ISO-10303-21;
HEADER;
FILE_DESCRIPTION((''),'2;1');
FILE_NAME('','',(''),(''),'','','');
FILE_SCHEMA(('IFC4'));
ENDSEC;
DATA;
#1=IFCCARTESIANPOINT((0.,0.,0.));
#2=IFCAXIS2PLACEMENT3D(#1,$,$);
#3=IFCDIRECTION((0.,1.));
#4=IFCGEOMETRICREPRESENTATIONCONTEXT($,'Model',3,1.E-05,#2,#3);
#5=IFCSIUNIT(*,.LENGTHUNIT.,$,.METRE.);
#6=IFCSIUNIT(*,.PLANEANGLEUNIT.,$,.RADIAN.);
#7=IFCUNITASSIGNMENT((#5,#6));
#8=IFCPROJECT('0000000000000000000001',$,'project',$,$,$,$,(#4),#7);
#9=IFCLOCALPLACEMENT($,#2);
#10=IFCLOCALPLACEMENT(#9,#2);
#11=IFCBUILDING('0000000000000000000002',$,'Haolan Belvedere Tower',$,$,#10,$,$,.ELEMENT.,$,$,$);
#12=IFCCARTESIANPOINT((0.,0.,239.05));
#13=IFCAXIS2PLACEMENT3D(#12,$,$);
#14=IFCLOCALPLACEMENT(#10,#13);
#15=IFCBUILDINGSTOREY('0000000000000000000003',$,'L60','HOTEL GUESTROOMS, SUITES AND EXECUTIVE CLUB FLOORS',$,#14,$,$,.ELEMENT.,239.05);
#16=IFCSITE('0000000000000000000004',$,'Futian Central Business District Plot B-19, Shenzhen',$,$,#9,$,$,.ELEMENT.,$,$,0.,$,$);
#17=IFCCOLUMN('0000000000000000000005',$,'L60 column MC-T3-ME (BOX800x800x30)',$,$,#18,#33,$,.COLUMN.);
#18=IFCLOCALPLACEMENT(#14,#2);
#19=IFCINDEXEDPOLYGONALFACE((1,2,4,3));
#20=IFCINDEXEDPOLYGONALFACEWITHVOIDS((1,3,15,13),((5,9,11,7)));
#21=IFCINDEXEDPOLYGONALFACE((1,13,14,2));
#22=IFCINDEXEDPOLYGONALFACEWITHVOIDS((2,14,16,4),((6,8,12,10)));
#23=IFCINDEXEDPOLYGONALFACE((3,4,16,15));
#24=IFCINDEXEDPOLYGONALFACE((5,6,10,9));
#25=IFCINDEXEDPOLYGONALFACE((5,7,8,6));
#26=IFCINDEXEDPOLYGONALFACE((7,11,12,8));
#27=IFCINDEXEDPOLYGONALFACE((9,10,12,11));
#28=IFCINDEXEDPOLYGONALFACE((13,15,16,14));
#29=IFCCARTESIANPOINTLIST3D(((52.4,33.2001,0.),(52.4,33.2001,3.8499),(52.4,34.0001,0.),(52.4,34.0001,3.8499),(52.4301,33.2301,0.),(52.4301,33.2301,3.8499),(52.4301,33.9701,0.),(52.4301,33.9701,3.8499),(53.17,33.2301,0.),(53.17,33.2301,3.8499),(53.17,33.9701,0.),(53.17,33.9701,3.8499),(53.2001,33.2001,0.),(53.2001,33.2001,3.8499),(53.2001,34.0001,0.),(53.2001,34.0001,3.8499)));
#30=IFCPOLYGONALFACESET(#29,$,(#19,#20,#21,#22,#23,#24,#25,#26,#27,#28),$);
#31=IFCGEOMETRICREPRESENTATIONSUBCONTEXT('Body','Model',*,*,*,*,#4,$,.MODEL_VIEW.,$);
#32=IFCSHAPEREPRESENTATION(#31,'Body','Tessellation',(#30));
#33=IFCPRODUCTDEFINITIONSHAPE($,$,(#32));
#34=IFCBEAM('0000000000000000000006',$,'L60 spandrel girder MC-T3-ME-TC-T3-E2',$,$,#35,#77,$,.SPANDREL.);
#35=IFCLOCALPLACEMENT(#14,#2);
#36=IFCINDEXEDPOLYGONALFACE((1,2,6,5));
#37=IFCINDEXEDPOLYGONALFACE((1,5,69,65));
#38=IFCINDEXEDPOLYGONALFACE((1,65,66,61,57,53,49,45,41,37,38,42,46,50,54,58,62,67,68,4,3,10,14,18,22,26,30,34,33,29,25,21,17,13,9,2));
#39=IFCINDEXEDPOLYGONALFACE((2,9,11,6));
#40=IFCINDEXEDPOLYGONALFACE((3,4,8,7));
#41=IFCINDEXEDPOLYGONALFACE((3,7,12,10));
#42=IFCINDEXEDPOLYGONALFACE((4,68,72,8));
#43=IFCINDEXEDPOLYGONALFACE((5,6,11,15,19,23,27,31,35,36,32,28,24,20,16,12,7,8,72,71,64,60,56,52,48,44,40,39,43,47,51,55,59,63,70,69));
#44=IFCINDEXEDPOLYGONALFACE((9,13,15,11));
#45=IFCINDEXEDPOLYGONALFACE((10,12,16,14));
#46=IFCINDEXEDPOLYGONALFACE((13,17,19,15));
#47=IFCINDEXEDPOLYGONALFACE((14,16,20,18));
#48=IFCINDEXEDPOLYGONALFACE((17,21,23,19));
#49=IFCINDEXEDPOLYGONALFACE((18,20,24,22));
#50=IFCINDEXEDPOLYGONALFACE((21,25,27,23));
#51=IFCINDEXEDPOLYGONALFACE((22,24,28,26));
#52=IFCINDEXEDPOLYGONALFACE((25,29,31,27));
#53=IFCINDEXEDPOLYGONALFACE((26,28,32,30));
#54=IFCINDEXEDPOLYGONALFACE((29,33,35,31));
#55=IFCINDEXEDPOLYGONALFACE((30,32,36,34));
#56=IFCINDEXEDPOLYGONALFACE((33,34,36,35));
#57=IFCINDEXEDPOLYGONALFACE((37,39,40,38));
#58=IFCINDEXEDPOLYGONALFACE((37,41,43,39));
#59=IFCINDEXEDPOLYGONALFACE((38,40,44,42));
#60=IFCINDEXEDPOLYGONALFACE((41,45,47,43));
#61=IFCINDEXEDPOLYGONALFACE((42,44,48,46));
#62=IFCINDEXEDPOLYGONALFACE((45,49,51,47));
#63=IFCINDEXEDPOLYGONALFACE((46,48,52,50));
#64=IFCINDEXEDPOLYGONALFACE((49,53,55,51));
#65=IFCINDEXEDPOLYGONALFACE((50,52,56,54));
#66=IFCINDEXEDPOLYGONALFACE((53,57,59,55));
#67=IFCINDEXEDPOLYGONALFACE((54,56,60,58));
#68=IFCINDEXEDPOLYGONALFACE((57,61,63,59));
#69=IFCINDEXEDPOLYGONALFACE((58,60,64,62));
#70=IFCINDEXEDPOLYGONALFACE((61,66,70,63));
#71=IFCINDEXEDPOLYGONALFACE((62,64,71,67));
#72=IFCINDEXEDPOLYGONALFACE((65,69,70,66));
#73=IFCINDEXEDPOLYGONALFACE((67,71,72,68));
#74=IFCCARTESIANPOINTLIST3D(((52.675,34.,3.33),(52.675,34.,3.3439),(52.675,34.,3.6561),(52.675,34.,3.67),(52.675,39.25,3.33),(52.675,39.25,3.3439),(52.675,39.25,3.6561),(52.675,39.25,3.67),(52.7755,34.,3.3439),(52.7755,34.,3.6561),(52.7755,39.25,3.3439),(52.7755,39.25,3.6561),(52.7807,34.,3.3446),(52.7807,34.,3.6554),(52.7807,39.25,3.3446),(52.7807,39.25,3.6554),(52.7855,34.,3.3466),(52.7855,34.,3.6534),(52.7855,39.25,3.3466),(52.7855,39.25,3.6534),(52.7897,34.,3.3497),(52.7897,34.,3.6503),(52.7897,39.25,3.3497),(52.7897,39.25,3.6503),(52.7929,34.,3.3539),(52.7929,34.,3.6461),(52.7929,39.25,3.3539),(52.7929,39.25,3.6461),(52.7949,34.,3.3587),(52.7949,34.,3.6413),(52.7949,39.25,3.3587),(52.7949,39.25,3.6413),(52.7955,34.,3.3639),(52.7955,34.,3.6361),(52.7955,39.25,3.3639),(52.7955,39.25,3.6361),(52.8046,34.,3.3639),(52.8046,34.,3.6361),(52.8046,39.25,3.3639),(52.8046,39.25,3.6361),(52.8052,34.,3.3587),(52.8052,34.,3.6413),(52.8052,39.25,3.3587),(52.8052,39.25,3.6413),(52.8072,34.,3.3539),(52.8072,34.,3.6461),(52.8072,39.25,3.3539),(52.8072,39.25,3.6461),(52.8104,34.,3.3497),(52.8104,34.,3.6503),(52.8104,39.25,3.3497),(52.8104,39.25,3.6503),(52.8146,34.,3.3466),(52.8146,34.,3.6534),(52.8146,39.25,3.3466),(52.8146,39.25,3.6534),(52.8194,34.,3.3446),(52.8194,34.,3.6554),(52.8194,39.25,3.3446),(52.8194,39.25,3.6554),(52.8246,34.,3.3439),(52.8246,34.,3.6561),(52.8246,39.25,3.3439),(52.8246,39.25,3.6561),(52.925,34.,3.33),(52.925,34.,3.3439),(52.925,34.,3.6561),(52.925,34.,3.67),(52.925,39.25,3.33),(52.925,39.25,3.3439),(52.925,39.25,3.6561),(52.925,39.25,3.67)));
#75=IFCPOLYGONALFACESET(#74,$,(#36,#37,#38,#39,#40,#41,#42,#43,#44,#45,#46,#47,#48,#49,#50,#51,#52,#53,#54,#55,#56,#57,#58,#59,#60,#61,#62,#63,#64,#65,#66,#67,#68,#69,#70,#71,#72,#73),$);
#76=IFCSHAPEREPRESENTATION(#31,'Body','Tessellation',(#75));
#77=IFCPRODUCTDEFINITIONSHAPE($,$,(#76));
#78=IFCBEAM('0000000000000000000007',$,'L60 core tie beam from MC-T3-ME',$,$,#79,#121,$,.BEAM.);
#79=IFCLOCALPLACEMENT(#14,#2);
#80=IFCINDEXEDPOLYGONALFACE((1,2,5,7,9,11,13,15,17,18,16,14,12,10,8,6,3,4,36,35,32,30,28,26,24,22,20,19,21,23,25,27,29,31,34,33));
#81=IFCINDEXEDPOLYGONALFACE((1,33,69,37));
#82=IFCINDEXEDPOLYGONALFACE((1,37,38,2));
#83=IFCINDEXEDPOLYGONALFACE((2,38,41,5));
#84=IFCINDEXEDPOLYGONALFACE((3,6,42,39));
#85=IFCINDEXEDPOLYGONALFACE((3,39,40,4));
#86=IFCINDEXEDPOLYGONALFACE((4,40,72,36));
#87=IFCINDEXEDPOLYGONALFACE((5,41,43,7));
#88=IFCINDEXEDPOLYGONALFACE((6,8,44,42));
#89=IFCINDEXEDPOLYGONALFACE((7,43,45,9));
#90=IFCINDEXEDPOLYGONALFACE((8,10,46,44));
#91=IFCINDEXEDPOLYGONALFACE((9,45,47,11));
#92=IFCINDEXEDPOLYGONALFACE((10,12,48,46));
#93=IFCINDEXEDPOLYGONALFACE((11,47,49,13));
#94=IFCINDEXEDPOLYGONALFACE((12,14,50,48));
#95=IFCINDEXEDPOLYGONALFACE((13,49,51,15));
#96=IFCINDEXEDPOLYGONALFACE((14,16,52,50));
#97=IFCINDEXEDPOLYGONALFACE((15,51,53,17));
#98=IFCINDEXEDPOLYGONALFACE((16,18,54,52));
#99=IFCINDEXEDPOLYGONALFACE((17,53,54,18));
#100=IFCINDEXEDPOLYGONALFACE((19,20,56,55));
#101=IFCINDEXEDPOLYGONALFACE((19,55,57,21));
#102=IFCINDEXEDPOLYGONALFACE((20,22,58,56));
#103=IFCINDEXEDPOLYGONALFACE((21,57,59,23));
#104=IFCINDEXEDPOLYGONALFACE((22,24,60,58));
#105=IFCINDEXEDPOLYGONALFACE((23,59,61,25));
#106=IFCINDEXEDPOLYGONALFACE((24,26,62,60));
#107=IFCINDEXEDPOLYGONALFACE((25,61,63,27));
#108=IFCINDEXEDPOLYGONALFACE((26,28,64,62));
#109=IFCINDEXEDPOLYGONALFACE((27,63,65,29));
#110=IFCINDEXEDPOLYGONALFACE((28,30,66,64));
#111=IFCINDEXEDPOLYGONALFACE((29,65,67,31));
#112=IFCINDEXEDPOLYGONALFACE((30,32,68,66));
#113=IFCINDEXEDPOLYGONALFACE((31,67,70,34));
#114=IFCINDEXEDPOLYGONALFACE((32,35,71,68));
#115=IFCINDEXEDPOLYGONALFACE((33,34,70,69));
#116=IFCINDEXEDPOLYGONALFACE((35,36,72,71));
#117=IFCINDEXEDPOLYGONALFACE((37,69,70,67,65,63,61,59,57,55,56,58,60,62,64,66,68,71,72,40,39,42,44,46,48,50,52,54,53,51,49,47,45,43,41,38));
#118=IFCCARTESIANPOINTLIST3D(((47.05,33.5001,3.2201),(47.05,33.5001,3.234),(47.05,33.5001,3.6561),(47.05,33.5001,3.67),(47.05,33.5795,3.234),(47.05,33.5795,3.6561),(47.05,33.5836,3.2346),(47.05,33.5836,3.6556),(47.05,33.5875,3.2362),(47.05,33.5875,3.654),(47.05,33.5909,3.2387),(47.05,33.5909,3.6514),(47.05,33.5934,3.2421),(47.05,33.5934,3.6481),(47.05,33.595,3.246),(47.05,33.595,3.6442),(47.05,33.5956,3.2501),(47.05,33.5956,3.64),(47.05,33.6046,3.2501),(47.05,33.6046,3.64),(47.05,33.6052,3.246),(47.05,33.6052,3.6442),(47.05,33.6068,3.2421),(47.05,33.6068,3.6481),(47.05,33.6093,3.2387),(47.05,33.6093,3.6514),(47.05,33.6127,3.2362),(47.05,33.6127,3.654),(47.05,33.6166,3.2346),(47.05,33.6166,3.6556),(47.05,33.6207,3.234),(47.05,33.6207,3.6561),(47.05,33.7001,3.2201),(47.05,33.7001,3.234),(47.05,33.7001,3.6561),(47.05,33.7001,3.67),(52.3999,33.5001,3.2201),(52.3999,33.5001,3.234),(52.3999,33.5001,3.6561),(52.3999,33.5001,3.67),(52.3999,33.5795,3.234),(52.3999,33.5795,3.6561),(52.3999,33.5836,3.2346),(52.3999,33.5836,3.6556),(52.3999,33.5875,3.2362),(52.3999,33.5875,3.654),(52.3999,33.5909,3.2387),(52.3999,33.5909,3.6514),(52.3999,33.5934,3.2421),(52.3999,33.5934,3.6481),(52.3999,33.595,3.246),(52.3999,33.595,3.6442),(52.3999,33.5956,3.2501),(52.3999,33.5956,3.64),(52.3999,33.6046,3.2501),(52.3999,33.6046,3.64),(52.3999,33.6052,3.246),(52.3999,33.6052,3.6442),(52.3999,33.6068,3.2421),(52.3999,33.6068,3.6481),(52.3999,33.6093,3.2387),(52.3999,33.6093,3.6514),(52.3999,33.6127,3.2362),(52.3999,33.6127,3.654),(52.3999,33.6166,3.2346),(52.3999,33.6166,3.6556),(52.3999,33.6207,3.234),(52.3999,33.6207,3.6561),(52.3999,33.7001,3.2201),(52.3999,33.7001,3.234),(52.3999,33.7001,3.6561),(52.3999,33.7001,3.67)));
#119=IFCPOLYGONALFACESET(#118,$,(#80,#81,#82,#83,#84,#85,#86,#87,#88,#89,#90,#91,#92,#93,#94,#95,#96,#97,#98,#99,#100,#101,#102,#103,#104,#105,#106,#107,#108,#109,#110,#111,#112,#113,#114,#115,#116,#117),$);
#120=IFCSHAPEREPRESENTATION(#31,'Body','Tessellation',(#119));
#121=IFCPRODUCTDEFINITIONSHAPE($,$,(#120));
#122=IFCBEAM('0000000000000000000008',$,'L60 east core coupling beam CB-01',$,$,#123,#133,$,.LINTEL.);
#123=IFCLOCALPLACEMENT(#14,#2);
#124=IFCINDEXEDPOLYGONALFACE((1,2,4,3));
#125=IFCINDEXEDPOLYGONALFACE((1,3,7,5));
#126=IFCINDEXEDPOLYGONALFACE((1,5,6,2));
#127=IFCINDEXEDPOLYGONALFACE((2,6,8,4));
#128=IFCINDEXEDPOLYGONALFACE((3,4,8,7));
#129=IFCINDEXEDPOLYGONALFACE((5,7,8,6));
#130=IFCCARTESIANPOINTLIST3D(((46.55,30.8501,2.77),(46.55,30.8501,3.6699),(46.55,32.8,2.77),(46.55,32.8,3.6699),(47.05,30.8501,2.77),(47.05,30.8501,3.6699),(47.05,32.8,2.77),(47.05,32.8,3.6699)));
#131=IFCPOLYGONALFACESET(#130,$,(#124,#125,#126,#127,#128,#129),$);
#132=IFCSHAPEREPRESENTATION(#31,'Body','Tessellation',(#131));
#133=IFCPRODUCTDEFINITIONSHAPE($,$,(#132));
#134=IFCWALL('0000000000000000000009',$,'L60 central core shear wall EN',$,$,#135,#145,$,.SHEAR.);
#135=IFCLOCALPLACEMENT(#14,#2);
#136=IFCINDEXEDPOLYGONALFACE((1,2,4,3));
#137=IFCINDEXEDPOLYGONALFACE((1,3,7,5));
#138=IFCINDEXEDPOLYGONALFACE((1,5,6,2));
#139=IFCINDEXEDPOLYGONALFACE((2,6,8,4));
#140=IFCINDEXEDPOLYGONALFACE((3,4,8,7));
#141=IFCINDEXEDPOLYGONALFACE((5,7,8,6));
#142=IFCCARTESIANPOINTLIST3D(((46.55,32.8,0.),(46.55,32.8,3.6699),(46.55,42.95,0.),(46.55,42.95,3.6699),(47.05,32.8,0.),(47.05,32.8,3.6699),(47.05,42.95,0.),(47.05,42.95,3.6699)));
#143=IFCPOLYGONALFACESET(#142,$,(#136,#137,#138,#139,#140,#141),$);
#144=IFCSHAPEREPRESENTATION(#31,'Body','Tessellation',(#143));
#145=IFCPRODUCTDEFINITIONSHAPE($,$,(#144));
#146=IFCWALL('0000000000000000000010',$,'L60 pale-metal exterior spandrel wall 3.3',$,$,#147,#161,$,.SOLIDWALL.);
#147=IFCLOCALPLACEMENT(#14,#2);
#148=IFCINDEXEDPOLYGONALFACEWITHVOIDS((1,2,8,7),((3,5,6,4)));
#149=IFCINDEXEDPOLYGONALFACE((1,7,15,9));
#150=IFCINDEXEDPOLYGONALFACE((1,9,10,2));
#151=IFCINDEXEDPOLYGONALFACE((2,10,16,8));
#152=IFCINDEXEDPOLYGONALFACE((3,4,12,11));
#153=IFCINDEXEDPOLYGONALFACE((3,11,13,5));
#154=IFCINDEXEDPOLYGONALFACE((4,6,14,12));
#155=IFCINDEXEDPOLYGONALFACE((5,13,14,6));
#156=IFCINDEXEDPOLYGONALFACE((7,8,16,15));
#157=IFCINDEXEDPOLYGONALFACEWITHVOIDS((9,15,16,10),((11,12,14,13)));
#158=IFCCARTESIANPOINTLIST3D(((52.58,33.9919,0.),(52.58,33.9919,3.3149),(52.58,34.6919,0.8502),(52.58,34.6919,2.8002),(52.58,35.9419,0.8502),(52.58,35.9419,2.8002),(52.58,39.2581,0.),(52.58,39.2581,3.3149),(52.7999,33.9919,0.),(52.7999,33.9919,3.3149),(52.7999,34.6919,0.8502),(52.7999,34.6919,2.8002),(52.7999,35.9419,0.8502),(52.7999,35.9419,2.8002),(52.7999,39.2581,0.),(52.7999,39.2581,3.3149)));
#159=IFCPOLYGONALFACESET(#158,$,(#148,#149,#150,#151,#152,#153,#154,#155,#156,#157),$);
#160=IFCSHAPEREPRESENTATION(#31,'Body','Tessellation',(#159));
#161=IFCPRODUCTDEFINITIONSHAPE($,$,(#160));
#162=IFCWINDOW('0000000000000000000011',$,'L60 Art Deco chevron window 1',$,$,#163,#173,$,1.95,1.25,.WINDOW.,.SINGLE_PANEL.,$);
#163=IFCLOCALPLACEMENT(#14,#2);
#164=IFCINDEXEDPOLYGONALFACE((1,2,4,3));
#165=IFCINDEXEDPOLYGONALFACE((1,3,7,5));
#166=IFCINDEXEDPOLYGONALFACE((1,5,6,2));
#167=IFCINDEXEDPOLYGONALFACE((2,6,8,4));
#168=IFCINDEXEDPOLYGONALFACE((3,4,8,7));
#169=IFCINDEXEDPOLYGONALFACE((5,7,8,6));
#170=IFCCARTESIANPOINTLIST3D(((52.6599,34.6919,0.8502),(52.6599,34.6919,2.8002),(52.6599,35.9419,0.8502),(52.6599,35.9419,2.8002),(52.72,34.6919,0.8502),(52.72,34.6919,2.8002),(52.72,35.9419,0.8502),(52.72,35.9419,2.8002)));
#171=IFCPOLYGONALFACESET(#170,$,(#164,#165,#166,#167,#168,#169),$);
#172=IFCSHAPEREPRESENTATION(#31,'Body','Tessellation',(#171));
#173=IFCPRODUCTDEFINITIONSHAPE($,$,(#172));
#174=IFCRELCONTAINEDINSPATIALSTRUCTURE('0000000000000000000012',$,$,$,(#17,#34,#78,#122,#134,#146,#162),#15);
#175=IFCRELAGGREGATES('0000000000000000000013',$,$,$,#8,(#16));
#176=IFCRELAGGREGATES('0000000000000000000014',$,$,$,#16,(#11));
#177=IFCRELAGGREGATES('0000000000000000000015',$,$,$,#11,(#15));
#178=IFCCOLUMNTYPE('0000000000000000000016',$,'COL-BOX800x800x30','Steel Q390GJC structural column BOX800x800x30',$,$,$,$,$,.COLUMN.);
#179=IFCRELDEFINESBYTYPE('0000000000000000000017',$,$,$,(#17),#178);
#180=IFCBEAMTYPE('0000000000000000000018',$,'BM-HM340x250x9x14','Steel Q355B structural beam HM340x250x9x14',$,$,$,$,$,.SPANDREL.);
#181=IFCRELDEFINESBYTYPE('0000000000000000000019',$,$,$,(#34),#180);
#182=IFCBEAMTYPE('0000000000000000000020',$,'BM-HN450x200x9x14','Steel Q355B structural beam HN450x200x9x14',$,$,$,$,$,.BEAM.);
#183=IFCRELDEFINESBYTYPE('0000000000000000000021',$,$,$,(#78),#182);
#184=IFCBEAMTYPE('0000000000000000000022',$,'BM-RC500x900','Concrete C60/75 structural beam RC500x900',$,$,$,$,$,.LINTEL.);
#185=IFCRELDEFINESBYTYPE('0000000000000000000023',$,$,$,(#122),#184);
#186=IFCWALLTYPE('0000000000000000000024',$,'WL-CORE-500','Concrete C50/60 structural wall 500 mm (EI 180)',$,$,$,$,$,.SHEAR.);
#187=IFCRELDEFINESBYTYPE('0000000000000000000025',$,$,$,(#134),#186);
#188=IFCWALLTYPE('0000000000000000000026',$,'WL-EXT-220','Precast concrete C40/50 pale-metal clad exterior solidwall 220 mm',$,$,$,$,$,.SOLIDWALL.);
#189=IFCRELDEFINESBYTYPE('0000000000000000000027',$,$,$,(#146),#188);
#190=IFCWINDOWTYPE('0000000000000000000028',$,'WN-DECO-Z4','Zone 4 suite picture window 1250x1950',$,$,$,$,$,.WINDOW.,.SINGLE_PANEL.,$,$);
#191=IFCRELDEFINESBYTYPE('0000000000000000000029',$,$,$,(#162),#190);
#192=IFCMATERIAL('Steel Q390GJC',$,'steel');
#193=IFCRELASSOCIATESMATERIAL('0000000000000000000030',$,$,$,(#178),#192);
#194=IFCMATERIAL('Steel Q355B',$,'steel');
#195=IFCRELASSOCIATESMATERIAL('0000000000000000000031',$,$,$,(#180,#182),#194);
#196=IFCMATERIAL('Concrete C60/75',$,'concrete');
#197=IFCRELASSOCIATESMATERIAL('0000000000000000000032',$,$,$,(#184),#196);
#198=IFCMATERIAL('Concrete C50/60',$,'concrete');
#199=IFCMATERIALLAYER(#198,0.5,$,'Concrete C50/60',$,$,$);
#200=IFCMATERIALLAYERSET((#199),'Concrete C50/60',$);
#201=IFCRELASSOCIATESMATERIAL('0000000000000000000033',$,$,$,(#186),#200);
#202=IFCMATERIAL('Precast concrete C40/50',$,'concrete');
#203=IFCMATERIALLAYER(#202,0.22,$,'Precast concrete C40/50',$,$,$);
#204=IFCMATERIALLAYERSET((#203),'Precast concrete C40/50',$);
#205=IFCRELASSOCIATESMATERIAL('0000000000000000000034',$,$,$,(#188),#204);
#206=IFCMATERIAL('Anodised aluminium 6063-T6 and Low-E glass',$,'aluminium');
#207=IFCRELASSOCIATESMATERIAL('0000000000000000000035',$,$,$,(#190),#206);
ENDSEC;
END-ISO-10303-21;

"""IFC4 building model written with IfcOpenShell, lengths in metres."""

from ifc_helpers import new_model, si_unit, direction, frame, frame_2d, origin, origin_2d, place, context, subcontext, project, spatial, rectangle, hollow_rectangle, i_section, extrude, material, layer, layer_set, material_profile, profile_set, type_object, element, fill, save


model = new_model("IFC4")

# Units and contexts
model_context = context("Model", 3, precision=1e-05, world=origin(), true_north=direction((0.0, 1.0)))
body_context = subcontext(model_context, "Body", "Model", "MODEL_VIEW")
ifc_project = project(units=[si_unit("LENGTHUNIT", "METRE"), si_unit("PLANEANGLEUNIT", "RADIAN")], contexts=[model_context])

# Site, building, storey
site_placement = place(None, origin())
site = spatial("IfcSite", under=ifc_project, at=site_placement, Name="Futian Central Business District Plot B-19, Shenzhen", CompositionType="ELEMENT", RefElevation=0.0)
building_placement = place(site_placement, origin())
building = spatial("IfcBuilding", under=site, at=building_placement, Name="Haolan Belvedere Tower", CompositionType="ELEMENT")
storey_placement = place(building_placement, frame((0.0, 0.0, 239.05)))
storey = spatial("IfcBuildingStorey", under=building, at=storey_placement, Name="L60", Description="HOTEL GUESTROOMS, SUITES AND EXECUTIVE CLUB FLOORS", CompositionType="ELEMENT", Elevation=239.05)

# Column
ifc_material_1 = material(Name="Steel Q390GJC", Category="steel")
ifc_material_profile_1 = material_profile(ifc_material_1, hollow_rectangle(XDim=0.8, YDim=0.8, WallThickness=0.03, at=origin_2d()), Name="Steel Q390GJC")
ifc_profile_set_1 = profile_set([ifc_material_profile_1], Name="Steel Q390GJC")
column_type = type_object("IfcColumnType", Name="COL-BOX800x800x30", Description="Steel Q390GJC structural column BOX800x800x30", PredefinedType="COLUMN", material=ifc_profile_set_1)
column_placement = place(storey_placement, frame((52.8, 33.6001, 0.0), z_axis=(0.0, 0.0, 1.0), x_axis=(1.0, 0.0, 0.0)))
element("IfcColumn", 1, at=column_placement, inside=storey, type_object=column_type, Name="L60 column MC-T3-ME (BOX800x800x30)", PredefinedType="COLUMN", context=body_context, shape_type="SweptSolid", body=[
    extrude(hollow_rectangle(XDim=0.8, YDim=0.8, WallThickness=0.03, at=origin_2d()), origin(), (0.0, 0.0, 1.0), 3.8499),
])

# Beams
ifc_material_2 = material(Name="Steel Q355B", Category="steel")
ifc_material_profile_2 = material_profile(ifc_material_2, i_section(OverallWidth=0.25, OverallDepth=0.3401, WebThickness=0.009, FlangeThickness=0.0139, FilletRadius=0.02, at=origin_2d()), Name="Steel Q355B")
ifc_profile_set_2 = profile_set([ifc_material_profile_2], Name="Steel Q355B")
beam_type_1 = type_object("IfcBeamType", Name="BM-HM340x250x9x14", Description="Steel Q355B structural beam HM340x250x9x14", PredefinedType="SPANDREL", material=ifc_profile_set_2)
beam_1_placement = place(storey_placement, frame((52.8, 34.0, 3.5), z_axis=(0.0, 1.0, 0.0), x_axis=(-1.0, 0.0, 0.0)))
element("IfcBeam", 2, at=beam_1_placement, inside=storey, type_object=beam_type_1, Name="L60 spandrel girder MC-T3-ME-TC-T3-E2", PredefinedType="SPANDREL", context=body_context, shape_type="SweptSolid", body=[
    extrude(i_section(OverallWidth=0.25, OverallDepth=0.3401, WebThickness=0.009, FlangeThickness=0.0139, FilletRadius=0.02, at=origin_2d()), origin(), (0.0, 0.0, 1.0), 5.25),
])
ifc_material_profile_3 = material_profile(ifc_material_2, i_section(OverallWidth=0.2, OverallDepth=0.45, WebThickness=0.009, FlangeThickness=0.0139, FilletRadius=0.0161, at=origin_2d()), Name="Steel Q355B")
ifc_profile_set_3 = profile_set([ifc_material_profile_3], Name="Steel Q355B")
beam_type_2 = type_object("IfcBeamType", Name="BM-HN450x200x9x14", Description="Steel Q355B structural beam HN450x200x9x14", PredefinedType="BEAM", material=ifc_profile_set_3)
beam_2_placement = place(storey_placement, frame((52.3999, 33.6001, 3.4451), z_axis=(-1.0, 0.0, 0.0), x_axis=(0.0, -1.0, 0.0)))
element("IfcBeam", 3, at=beam_2_placement, inside=storey, type_object=beam_type_2, Name="L60 core tie beam from MC-T3-ME", PredefinedType="BEAM", context=body_context, shape_type="SweptSolid", body=[
    extrude(i_section(OverallWidth=0.2, OverallDepth=0.45, WebThickness=0.009, FlangeThickness=0.0139, FilletRadius=0.0161, at=origin_2d()), origin(), (0.0, 0.0, 1.0), 5.3499),
])
ifc_material_3 = material(Name="Concrete C60/75", Category="concrete")
ifc_material_profile_4 = material_profile(ifc_material_3, rectangle(XDim=0.5, YDim=0.8999, at=origin_2d()), Name="Concrete C60/75")
ifc_profile_set_4 = profile_set([ifc_material_profile_4], Name="Concrete C60/75")
beam_type_3 = type_object("IfcBeamType", Name="BM-RC500x900", Description="Concrete C60/75 structural beam RC500x900", PredefinedType="LINTEL", material=ifc_profile_set_4)
beam_3_placement = place(storey_placement, frame((46.8, 30.8501, 3.22), z_axis=(0.0, 1.0, 0.0), x_axis=(-1.0, 0.0, 0.0)))
element("IfcBeam", 4, at=beam_3_placement, inside=storey, type_object=beam_type_3, Name="L60 east core coupling beam CB-01", PredefinedType="LINTEL", context=body_context, shape_type="SweptSolid", body=[
    extrude(rectangle(XDim=0.5, YDim=0.8999, at=origin_2d()), origin(), (0.0, 0.0, 1.0), 1.95),
])

# Wall
ifc_material_4 = material(Name="Concrete C50/60", Category="concrete")
ifc_layer_1 = layer(ifc_material_4, 0.5, Name="Concrete C50/60")
ifc_layer_set_1 = layer_set([ifc_layer_1], Name="Concrete C50/60")
wall_type_1 = type_object("IfcWallType", Name="WL-CORE-500", Description="Concrete C50/60 structural wall 500 mm (EI 180)", PredefinedType="SHEAR", material=ifc_layer_set_1)
wall_1_placement = place(storey_placement, frame((46.8, 32.8, 0.0), z_axis=(0.0, 0.0, 1.0), x_axis=(0.0, 1.0, 0.0)))
element("IfcWall", 5, at=wall_1_placement, inside=storey, type_object=wall_type_1, Name="L60 central core shear wall EN", PredefinedType="SHEAR", context=body_context, shape_type="SweptSolid", body=[
    extrude(rectangle(XDim=10.1499, YDim=0.5, at=frame_2d((5.075, 0.0))), origin(), (0.0, 0.0, 1.0), 3.6699),
])

# Wall, opening, window
ifc_material_5 = material(Name="Precast concrete C40/50", Category="concrete")
ifc_layer_2 = layer(ifc_material_5, 0.22, Name="Precast concrete C40/50")
ifc_layer_set_2 = layer_set([ifc_layer_2], Name="Precast concrete C40/50")
wall_type_2 = type_object("IfcWallType", Name="WL-EXT-220", Description="Precast concrete C40/50 pale-metal clad exterior solidwall 220 mm", PredefinedType="SOLIDWALL", material=ifc_layer_set_2)
wall_2_placement = place(storey_placement, frame((52.6899, 33.9919, 0.0), z_axis=(0.0, 0.0, 1.0), x_axis=(0.0, 1.0, 0.0)))
wall_2 = element("IfcWall", 6, at=wall_2_placement, inside=storey, type_object=wall_type_2, Name="L60 pale-metal exterior spandrel wall 3.3", PredefinedType="SOLIDWALL", context=body_context, shape_type="SweptSolid", body=[
    extrude(rectangle(XDim=5.2661, YDim=0.22, at=frame_2d((2.6331, 0.0))), origin(), (0.0, 0.0, 1.0), 3.3149),
])
opening_1_placement = place(wall_2_placement, frame((0.7, 0.0, 0.8501)))
opening_1 = element("IfcOpeningElement", 7, at=opening_1_placement, cuts=wall_2, PredefinedType="OPENING", context=body_context, shape_type="SweptSolid", body=[
    extrude(rectangle(XDim=1.25, YDim=1.95, at=frame_2d((0.625, 0.9751))), frame((0.0, 0.1199, 0.0), z_axis=(0.0, -1.0, 0.0), x_axis=(1.0, 0.0, 0.0)), (0.0, 0.0, 1.0), 0.24),
])
ifc_material_6 = material(Name="Anodised aluminium 6063-T6 and Low-E glass", Category="aluminium")
window_type = type_object("IfcWindowType", Name="WN-DECO-Z4", Description="Zone 4 suite picture window 1250x1950", PartitioningType="SINGLE_PANEL", PredefinedType="WINDOW", material=ifc_material_6)
window_placement = place(opening_1_placement, origin())
window = element("IfcWindow", 8, at=window_placement, inside=storey, type_object=window_type, Name="L60 Art Deco chevron window 1", OverallHeight=1.95, OverallWidth=1.25, PartitioningType="SINGLE_PANEL", PredefinedType="WINDOW", context=body_context, shape_type="SweptSolid", body=[
    extrude(rectangle(XDim=1.25, YDim=1.95, at=frame_2d((0.625, 0.9751))), frame((0.0, 0.03, 0.0), z_axis=(0.0, -1.0, 0.0), x_axis=(1.0, 0.0, 0.0)), (0.0, 0.0, 1.0), 0.0601),
])
fill(opening_1, window)

save(model, "model.ifc")
